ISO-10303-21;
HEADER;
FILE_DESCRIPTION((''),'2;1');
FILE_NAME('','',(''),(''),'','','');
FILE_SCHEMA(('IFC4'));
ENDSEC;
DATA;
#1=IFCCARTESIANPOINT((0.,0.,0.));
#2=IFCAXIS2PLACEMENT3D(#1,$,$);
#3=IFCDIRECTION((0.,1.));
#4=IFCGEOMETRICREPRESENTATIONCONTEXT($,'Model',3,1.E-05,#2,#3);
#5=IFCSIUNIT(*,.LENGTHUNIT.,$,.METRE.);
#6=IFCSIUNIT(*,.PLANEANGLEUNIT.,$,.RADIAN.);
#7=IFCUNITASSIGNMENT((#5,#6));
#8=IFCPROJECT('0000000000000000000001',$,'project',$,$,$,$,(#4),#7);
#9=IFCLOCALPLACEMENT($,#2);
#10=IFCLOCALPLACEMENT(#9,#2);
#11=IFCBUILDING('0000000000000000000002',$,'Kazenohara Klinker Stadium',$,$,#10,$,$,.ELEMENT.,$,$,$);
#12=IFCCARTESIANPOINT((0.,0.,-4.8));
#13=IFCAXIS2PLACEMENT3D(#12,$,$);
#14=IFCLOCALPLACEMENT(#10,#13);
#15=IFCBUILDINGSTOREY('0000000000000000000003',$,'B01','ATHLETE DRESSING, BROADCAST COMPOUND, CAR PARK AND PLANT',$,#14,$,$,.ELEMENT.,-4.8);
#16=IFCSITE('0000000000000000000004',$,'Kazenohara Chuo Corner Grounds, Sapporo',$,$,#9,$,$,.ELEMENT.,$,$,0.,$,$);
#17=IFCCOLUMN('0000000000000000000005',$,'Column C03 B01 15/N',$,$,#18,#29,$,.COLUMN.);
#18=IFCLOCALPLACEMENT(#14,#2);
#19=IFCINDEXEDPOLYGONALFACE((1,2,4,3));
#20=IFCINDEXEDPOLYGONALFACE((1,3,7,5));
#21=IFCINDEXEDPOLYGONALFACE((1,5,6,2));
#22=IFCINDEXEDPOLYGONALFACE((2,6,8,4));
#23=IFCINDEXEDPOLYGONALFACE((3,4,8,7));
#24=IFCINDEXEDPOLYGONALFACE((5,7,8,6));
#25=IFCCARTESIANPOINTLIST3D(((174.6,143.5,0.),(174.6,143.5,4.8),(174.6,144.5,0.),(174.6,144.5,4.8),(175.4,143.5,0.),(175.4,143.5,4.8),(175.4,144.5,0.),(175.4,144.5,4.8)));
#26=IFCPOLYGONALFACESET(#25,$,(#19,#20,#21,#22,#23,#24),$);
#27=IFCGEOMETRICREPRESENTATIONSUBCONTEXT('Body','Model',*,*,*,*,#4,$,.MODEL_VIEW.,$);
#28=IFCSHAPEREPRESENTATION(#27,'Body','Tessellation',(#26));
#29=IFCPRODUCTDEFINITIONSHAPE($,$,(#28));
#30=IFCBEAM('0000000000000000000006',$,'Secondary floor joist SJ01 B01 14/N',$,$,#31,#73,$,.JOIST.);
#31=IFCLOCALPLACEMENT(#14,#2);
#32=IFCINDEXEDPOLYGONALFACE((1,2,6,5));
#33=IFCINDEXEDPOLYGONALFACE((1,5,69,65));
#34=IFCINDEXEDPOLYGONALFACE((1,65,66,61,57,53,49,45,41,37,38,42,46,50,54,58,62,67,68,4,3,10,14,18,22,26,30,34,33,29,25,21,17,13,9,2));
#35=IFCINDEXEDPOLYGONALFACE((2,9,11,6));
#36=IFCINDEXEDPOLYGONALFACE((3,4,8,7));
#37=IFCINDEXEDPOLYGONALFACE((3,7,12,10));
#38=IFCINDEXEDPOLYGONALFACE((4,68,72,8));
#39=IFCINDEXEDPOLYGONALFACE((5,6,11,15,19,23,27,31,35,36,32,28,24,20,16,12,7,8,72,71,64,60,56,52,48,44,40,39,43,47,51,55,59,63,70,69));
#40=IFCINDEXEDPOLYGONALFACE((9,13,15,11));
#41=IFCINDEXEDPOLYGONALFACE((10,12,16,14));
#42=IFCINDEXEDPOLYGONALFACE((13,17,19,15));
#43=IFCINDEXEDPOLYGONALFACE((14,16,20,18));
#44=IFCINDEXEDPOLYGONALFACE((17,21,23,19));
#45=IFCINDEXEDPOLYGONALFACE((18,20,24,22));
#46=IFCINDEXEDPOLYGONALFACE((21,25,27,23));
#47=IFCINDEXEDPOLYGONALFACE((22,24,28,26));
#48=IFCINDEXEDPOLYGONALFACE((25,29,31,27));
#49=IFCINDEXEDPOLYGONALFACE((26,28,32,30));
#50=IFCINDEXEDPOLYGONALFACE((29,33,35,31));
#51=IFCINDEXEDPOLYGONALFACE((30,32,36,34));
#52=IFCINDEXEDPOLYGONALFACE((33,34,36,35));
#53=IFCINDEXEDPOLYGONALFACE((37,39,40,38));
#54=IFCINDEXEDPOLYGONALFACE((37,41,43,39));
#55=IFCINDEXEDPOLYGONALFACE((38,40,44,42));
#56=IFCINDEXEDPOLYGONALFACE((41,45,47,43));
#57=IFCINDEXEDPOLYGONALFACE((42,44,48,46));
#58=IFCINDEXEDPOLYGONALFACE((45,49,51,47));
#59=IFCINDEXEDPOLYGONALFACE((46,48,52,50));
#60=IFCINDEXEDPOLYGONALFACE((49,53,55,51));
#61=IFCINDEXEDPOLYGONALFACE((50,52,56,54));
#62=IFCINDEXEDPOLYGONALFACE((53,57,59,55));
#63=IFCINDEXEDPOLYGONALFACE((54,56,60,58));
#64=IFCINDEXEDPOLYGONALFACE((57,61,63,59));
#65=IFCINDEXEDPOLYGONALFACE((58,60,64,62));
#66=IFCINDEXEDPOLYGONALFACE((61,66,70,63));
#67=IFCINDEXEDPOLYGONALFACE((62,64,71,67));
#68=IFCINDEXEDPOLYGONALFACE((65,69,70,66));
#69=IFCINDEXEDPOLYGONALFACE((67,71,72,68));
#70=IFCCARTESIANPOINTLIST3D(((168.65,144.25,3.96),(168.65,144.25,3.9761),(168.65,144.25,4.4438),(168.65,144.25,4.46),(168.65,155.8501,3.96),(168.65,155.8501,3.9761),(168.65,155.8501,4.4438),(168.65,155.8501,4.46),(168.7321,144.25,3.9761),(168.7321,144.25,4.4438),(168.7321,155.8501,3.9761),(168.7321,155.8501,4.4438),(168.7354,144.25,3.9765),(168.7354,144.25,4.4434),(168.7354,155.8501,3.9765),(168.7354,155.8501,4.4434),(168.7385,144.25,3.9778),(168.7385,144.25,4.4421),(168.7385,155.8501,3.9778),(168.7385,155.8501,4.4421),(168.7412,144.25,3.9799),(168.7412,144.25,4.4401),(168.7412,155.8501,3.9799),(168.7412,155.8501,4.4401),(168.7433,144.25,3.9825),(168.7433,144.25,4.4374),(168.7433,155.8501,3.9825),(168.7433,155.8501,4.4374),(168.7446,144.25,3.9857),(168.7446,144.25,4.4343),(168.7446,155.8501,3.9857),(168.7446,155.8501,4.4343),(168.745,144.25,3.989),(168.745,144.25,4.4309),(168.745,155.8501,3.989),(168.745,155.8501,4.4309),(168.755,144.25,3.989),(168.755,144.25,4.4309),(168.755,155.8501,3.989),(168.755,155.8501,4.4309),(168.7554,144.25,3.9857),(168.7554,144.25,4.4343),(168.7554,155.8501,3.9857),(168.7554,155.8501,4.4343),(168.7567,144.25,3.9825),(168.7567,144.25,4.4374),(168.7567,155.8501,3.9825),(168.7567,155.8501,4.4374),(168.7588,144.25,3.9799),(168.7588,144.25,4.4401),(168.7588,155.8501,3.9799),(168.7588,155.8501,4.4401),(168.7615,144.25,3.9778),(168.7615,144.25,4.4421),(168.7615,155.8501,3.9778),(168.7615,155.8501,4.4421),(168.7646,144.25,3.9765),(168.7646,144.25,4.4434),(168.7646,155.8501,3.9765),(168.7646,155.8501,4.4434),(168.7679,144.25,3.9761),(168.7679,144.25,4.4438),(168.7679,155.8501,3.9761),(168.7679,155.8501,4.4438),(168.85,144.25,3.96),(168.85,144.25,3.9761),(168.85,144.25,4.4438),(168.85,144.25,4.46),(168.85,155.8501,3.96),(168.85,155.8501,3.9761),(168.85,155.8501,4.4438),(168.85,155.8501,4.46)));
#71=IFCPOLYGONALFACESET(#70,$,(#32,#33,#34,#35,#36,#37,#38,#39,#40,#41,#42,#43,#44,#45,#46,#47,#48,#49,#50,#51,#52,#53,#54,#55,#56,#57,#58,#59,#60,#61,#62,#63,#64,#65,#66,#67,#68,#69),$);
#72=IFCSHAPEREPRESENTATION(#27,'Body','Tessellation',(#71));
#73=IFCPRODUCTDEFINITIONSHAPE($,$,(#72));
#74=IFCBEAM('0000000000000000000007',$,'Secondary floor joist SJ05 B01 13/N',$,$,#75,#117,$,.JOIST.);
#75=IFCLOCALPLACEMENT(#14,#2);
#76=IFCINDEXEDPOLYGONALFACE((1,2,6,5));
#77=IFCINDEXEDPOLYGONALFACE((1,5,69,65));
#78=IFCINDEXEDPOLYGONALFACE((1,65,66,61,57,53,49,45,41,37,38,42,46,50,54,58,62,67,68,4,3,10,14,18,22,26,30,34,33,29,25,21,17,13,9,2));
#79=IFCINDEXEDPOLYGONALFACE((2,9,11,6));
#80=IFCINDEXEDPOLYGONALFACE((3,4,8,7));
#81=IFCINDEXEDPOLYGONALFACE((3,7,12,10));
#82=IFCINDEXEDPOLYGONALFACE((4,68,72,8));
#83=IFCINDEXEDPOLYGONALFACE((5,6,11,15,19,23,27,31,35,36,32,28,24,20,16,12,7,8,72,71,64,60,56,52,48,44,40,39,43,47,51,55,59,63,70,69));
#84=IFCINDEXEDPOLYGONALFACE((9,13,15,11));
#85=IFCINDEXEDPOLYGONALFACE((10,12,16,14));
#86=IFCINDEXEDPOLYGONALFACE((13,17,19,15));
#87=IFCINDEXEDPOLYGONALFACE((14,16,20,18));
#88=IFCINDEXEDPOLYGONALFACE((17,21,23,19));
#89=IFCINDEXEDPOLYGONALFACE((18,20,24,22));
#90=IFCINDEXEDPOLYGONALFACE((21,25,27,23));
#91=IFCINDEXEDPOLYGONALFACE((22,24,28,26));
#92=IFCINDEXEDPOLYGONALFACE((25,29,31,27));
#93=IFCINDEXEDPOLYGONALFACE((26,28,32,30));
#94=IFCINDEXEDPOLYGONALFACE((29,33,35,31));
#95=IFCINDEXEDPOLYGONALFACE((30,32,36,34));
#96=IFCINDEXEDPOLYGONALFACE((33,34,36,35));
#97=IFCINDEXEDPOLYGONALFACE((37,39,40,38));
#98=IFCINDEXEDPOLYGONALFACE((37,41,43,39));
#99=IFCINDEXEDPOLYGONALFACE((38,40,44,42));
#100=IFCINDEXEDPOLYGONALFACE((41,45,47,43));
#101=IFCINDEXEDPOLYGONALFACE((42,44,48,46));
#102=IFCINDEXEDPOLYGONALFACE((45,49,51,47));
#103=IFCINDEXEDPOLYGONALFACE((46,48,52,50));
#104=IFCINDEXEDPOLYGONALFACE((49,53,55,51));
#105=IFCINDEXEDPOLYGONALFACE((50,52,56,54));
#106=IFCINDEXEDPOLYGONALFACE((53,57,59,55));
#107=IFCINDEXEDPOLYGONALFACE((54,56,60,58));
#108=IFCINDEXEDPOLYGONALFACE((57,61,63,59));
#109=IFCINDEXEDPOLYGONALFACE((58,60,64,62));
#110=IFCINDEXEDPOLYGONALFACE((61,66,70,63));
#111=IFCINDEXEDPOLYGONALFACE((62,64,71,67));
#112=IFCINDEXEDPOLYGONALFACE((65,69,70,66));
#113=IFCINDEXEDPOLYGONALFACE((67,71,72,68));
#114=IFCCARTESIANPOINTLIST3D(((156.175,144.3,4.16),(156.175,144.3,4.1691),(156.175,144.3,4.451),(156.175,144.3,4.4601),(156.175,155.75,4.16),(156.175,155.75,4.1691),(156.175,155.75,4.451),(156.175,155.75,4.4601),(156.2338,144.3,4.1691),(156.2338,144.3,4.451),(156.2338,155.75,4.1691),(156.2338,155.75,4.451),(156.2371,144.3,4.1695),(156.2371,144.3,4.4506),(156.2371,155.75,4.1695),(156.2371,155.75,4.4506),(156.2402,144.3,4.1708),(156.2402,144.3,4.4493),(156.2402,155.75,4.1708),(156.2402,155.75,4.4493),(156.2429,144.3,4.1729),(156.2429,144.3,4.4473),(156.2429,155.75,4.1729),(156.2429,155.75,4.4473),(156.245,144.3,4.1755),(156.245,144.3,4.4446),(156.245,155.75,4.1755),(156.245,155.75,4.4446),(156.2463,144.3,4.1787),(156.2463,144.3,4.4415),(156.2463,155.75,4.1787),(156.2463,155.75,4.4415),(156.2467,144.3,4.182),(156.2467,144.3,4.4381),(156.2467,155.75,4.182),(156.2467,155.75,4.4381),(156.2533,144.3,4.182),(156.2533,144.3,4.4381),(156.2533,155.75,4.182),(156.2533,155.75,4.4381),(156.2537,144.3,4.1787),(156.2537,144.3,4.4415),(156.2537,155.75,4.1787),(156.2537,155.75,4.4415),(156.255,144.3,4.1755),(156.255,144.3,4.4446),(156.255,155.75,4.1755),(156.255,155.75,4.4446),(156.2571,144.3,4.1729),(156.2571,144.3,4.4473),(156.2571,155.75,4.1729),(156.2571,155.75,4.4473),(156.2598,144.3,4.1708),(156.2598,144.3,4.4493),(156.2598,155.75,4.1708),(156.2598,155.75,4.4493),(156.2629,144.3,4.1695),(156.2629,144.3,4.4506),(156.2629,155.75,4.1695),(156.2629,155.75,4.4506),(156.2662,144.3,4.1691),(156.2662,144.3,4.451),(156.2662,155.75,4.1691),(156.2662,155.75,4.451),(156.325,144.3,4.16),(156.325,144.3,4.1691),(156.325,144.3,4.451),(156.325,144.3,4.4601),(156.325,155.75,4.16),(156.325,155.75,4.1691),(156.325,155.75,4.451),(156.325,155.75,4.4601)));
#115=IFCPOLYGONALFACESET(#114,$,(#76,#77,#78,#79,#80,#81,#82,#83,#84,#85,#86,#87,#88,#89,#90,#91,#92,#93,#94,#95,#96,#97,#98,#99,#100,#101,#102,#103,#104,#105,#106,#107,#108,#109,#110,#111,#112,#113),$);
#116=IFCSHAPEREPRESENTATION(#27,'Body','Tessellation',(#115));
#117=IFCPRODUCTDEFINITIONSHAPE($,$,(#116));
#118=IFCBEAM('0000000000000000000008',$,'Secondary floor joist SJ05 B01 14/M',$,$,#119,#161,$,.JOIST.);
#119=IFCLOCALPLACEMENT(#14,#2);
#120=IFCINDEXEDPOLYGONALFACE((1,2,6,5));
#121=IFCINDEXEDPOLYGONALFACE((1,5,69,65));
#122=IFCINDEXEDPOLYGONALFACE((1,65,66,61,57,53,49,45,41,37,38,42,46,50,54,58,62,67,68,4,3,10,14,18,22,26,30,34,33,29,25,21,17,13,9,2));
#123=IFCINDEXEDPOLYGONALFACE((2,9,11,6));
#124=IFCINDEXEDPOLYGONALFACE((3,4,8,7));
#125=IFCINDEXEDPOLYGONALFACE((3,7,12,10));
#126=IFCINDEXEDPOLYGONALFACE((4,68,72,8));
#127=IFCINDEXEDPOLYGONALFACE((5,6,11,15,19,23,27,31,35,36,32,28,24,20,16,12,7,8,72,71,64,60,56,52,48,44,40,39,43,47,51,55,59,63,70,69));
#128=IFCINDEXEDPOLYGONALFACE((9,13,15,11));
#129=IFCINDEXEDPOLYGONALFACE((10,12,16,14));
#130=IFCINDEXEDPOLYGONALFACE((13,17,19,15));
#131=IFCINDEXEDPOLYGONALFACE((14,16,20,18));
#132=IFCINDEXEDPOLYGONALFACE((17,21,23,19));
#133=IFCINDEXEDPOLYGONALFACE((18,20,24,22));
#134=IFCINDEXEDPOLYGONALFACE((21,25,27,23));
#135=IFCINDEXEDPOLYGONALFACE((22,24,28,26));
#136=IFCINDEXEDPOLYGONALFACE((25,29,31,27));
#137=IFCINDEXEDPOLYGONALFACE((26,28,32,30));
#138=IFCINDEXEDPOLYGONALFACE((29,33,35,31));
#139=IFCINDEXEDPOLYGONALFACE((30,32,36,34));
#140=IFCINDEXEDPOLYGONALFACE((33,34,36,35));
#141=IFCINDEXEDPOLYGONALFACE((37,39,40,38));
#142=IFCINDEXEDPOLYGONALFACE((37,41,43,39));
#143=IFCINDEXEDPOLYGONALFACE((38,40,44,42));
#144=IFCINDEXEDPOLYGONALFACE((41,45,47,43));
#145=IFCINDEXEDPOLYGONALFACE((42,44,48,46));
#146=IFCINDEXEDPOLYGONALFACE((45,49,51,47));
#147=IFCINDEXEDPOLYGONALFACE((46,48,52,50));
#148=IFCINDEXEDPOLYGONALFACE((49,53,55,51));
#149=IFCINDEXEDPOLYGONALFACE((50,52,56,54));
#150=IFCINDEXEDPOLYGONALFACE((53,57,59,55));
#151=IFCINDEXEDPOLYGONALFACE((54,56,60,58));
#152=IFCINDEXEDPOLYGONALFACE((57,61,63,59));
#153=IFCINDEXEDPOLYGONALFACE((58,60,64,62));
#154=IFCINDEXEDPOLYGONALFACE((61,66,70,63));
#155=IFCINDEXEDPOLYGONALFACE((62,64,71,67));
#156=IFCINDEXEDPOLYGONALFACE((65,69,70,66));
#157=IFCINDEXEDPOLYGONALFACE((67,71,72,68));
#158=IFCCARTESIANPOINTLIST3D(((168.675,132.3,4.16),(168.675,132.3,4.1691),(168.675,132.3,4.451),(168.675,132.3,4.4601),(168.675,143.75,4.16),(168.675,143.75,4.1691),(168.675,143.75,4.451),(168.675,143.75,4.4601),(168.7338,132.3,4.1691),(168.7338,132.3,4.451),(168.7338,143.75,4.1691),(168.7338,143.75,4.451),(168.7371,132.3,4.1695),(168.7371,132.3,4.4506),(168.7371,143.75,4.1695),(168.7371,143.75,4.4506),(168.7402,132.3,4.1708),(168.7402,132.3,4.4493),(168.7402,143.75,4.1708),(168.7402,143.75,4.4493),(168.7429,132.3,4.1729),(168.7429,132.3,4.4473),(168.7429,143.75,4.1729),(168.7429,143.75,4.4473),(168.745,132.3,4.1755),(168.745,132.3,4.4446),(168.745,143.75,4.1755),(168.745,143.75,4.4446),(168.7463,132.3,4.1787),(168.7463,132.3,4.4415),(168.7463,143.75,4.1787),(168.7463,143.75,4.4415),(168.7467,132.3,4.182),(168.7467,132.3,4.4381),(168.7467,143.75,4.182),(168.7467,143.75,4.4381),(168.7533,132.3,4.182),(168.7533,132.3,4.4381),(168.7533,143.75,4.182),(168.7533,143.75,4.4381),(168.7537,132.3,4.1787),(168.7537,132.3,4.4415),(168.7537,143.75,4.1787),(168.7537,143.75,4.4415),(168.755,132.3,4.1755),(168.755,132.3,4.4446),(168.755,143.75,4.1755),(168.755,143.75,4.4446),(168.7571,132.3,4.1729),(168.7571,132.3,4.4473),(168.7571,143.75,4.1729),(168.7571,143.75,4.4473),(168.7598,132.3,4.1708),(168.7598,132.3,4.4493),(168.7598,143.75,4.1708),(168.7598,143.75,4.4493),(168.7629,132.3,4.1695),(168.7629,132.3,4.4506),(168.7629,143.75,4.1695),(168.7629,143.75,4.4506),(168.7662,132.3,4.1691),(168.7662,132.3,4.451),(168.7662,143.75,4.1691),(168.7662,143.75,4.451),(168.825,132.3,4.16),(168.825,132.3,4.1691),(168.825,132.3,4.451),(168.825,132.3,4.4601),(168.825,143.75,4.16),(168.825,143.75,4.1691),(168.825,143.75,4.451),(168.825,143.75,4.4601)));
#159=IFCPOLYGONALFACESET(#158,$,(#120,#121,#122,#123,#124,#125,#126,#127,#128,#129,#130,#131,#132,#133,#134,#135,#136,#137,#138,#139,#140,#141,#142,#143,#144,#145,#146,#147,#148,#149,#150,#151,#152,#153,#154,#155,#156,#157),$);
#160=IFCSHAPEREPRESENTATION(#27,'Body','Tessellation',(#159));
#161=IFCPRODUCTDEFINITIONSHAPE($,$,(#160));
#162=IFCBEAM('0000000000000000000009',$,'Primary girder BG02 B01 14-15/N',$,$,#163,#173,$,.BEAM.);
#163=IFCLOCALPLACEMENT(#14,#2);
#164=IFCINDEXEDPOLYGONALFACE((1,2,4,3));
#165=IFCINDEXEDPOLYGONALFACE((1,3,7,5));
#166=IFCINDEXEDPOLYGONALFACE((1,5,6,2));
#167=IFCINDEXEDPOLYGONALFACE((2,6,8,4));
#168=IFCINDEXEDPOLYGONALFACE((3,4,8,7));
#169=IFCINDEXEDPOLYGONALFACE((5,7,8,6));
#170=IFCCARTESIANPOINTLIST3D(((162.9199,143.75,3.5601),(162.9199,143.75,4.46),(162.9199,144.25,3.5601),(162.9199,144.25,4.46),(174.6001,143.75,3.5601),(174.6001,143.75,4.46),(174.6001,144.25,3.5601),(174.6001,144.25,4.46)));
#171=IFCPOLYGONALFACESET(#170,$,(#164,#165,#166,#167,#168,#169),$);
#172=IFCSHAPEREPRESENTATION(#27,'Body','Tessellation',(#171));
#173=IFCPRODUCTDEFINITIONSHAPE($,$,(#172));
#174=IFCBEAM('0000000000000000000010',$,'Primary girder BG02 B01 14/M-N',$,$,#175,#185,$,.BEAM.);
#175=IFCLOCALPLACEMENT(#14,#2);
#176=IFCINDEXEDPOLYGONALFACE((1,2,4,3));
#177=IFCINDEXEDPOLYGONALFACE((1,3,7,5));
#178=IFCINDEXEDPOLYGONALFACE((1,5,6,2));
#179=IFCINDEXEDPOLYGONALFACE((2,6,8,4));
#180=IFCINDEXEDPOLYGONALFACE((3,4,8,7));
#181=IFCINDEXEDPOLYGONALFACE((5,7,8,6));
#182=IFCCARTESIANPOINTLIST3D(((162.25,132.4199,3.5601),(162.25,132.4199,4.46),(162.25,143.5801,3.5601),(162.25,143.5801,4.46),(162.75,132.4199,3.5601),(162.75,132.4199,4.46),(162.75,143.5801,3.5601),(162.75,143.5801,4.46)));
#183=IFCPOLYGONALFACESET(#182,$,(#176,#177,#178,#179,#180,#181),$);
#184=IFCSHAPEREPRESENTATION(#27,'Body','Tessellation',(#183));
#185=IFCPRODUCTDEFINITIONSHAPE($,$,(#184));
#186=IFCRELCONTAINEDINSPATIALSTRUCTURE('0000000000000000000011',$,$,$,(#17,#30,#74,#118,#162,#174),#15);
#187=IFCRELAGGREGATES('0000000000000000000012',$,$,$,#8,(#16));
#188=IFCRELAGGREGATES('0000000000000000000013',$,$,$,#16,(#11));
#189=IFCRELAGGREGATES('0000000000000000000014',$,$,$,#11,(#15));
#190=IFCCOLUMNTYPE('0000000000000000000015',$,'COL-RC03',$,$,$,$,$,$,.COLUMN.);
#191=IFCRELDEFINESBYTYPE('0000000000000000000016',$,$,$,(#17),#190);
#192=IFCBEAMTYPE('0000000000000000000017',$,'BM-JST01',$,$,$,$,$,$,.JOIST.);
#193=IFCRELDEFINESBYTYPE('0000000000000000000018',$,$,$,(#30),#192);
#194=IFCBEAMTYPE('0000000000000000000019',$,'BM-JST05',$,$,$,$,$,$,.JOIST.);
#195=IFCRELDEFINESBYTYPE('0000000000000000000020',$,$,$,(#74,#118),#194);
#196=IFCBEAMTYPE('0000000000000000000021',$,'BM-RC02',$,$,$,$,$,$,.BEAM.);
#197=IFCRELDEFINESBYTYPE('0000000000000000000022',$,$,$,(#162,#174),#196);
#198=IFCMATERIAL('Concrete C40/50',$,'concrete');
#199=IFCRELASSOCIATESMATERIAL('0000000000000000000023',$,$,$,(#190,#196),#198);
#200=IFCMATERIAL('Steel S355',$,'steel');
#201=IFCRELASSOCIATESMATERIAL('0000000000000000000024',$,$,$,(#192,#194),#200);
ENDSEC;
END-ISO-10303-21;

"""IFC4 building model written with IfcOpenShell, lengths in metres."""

from ifc_helpers import new_model, si_unit, direction, frame, origin, origin_2d, place, context, subcontext, project, spatial, rectangle, i_section, extrude, material, material_profile, profile_set, type_object, element, save


model = new_model("IFC4")

# Units and contexts
model_context = context("Model", 3, precision=1e-05, world=origin(), true_north=direction((0.0, 1.0)))
body_context = subcontext(model_context, "Body", "Model", "MODEL_VIEW")
ifc_project = project(units=[si_unit("LENGTHUNIT", "METRE"), si_unit("PLANEANGLEUNIT", "RADIAN")], contexts=[model_context])

# Site, building, storey
site_placement = place(None, origin())
site = spatial("IfcSite", under=ifc_project, at=site_placement, Name="Kazenohara Chuo Corner Grounds, Sapporo", CompositionType="ELEMENT", RefElevation=0.0)
building_placement = place(site_placement, origin())
building = spatial("IfcBuilding", under=site, at=building_placement, Name="Kazenohara Klinker Stadium", CompositionType="ELEMENT")
storey_placement = place(building_placement, frame((0.0, 0.0, -4.8)))
storey = spatial("IfcBuildingStorey", under=building, at=storey_placement, Name="B01", Description="ATHLETE DRESSING, BROADCAST COMPOUND, CAR PARK AND PLANT", CompositionType="ELEMENT", Elevation=-4.8)

# Column
ifc_material_1 = material(Name="Concrete C40/50", Category="concrete")
ifc_material_profile_1 = material_profile(ifc_material_1, rectangle(XDim=0.8, YDim=1.0, at=origin_2d()), Name="RC-COL-1000x800")
ifc_profile_set_1 = profile_set([ifc_material_profile_1], Name="Concrete C40/50")
column_type_1 = type_object("IfcColumnType", Name="COL-RC03", PredefinedType="COLUMN", material=ifc_profile_set_1)
column_1_placement = place(storey_placement, frame((175.0, 144.0, 0.0), z_axis=(0.0, 0.0, 1.0), x_axis=(1.0, 0.0, 0.0)))
element("IfcColumn", 1, at=column_1_placement, inside=storey, type_object=column_type_1, Name="Column C03 B01 15/N", PredefinedType="COLUMN", context=body_context, shape_type="SweptSolid", body=[
    extrude(rectangle(XDim=0.8, YDim=1.0, at=origin_2d()), origin(), (0.0, 0.0, 1.0), 4.8),
])

# Beams
ifc_material_2 = material(Name="Steel S355", Category="steel")
ifc_material_profile_2 = material_profile(ifc_material_2, i_section(OverallWidth=0.2, OverallDepth=0.5, WebThickness=0.01, FlangeThickness=0.0161, FilletRadius=0.0129, at=origin_2d()), Name="H-500x200x10x16")
ifc_profile_set_2 = profile_set([ifc_material_profile_2], Name="Steel S355")
beam_type_1 = type_object("IfcBeamType", Name="BM-JST01", PredefinedType="JOIST", material=ifc_profile_set_2)
beam_1_placement = place(storey_placement, frame((168.75, 144.25, 4.21), z_axis=(0.0, 1.0, 0.0), x_axis=(-1.0, 0.0, 0.0)))
element("IfcBeam", 2, at=beam_1_placement, inside=storey, type_object=beam_type_1, Name="Secondary floor joist SJ01 B01 14/N", PredefinedType="JOIST", context=body_context, shape_type="SweptSolid", body=[
    extrude(i_section(OverallWidth=0.2, OverallDepth=0.5, WebThickness=0.01, FlangeThickness=0.0161, FilletRadius=0.0129, at=origin_2d()), origin(), (0.0, 0.0, 1.0), 11.6001),
])
ifc_material_profile_3 = material_profile(ifc_material_2, i_section(OverallWidth=0.1499, OverallDepth=0.3, WebThickness=0.0066, FlangeThickness=0.009, FilletRadius=0.0129, at=origin_2d()), Name="H-300x150x6.5x9")
ifc_profile_set_3 = profile_set([ifc_material_profile_3], Name="Steel S355")
beam_type_2 = type_object("IfcBeamType", Name="BM-JST05", PredefinedType="JOIST", material=ifc_profile_set_3)
for number, where, z_axis, x_axis, name in (
    (3, (156.25, 144.3, 4.3101), (0.0, 1.0, 0.0), (-1.0, 0.0, 0.0), "Secondary floor joist SJ05 B01 13/N"),
    (4, (168.75, 132.3, 4.3101), (0.0, 1.0, 0.0), (-1.0, 0.0, 0.0), "Secondary floor joist SJ05 B01 14/M"),
):
    element("IfcBeam", number, at=place(storey_placement, frame(where, z_axis=z_axis, x_axis=x_axis)), inside=storey, type_object=beam_type_2, Name=name, PredefinedType="JOIST", context=body_context, shape_type="SweptSolid", body=[
        extrude(i_section(OverallWidth=0.1499, OverallDepth=0.3, WebThickness=0.0066, FlangeThickness=0.009, FilletRadius=0.0129, at=origin_2d()), origin(), (0.0, 0.0, 1.0), 11.45),
    ])
ifc_material_profile_4 = material_profile(ifc_material_1, rectangle(XDim=0.5, YDim=0.8999, at=origin_2d()), Name="RC-BM-500x900")
ifc_profile_set_4 = profile_set([ifc_material_profile_4], Name="Concrete C40/50")
beam_type_3 = type_object("IfcBeamType", Name="BM-RC02", PredefinedType="BEAM", material=ifc_profile_set_4)
beam_2_placement = place(storey_placement, frame((162.9199, 144.0, 4.01), z_axis=(1.0, 0.0, 0.0), x_axis=(0.0, 1.0, 0.0)))
element("IfcBeam", 5, at=beam_2_placement, inside=storey, type_object=beam_type_3, Name="Primary girder BG02 B01 14-15/N", PredefinedType="BEAM", context=body_context, shape_type="SweptSolid", body=[
    extrude(rectangle(XDim=0.5, YDim=0.8999, at=origin_2d()), origin(), (0.0, 0.0, 1.0), 11.6802),
])
beam_3_placement = place(storey_placement, frame((162.5, 132.4199, 4.01), z_axis=(0.0, 1.0, 0.0), x_axis=(-1.0, 0.0, 0.0)))
element("IfcBeam", 6, at=beam_3_placement, inside=storey, type_object=beam_type_3, Name="Primary girder BG02 B01 14/M-N", PredefinedType="BEAM", context=body_context, shape_type="SweptSolid", body=[
    extrude(rectangle(XDim=0.5, YDim=0.8999, at=origin_2d()), origin(), (0.0, 0.0, 1.0), 11.1602),
])

save(model, "model.ifc")
